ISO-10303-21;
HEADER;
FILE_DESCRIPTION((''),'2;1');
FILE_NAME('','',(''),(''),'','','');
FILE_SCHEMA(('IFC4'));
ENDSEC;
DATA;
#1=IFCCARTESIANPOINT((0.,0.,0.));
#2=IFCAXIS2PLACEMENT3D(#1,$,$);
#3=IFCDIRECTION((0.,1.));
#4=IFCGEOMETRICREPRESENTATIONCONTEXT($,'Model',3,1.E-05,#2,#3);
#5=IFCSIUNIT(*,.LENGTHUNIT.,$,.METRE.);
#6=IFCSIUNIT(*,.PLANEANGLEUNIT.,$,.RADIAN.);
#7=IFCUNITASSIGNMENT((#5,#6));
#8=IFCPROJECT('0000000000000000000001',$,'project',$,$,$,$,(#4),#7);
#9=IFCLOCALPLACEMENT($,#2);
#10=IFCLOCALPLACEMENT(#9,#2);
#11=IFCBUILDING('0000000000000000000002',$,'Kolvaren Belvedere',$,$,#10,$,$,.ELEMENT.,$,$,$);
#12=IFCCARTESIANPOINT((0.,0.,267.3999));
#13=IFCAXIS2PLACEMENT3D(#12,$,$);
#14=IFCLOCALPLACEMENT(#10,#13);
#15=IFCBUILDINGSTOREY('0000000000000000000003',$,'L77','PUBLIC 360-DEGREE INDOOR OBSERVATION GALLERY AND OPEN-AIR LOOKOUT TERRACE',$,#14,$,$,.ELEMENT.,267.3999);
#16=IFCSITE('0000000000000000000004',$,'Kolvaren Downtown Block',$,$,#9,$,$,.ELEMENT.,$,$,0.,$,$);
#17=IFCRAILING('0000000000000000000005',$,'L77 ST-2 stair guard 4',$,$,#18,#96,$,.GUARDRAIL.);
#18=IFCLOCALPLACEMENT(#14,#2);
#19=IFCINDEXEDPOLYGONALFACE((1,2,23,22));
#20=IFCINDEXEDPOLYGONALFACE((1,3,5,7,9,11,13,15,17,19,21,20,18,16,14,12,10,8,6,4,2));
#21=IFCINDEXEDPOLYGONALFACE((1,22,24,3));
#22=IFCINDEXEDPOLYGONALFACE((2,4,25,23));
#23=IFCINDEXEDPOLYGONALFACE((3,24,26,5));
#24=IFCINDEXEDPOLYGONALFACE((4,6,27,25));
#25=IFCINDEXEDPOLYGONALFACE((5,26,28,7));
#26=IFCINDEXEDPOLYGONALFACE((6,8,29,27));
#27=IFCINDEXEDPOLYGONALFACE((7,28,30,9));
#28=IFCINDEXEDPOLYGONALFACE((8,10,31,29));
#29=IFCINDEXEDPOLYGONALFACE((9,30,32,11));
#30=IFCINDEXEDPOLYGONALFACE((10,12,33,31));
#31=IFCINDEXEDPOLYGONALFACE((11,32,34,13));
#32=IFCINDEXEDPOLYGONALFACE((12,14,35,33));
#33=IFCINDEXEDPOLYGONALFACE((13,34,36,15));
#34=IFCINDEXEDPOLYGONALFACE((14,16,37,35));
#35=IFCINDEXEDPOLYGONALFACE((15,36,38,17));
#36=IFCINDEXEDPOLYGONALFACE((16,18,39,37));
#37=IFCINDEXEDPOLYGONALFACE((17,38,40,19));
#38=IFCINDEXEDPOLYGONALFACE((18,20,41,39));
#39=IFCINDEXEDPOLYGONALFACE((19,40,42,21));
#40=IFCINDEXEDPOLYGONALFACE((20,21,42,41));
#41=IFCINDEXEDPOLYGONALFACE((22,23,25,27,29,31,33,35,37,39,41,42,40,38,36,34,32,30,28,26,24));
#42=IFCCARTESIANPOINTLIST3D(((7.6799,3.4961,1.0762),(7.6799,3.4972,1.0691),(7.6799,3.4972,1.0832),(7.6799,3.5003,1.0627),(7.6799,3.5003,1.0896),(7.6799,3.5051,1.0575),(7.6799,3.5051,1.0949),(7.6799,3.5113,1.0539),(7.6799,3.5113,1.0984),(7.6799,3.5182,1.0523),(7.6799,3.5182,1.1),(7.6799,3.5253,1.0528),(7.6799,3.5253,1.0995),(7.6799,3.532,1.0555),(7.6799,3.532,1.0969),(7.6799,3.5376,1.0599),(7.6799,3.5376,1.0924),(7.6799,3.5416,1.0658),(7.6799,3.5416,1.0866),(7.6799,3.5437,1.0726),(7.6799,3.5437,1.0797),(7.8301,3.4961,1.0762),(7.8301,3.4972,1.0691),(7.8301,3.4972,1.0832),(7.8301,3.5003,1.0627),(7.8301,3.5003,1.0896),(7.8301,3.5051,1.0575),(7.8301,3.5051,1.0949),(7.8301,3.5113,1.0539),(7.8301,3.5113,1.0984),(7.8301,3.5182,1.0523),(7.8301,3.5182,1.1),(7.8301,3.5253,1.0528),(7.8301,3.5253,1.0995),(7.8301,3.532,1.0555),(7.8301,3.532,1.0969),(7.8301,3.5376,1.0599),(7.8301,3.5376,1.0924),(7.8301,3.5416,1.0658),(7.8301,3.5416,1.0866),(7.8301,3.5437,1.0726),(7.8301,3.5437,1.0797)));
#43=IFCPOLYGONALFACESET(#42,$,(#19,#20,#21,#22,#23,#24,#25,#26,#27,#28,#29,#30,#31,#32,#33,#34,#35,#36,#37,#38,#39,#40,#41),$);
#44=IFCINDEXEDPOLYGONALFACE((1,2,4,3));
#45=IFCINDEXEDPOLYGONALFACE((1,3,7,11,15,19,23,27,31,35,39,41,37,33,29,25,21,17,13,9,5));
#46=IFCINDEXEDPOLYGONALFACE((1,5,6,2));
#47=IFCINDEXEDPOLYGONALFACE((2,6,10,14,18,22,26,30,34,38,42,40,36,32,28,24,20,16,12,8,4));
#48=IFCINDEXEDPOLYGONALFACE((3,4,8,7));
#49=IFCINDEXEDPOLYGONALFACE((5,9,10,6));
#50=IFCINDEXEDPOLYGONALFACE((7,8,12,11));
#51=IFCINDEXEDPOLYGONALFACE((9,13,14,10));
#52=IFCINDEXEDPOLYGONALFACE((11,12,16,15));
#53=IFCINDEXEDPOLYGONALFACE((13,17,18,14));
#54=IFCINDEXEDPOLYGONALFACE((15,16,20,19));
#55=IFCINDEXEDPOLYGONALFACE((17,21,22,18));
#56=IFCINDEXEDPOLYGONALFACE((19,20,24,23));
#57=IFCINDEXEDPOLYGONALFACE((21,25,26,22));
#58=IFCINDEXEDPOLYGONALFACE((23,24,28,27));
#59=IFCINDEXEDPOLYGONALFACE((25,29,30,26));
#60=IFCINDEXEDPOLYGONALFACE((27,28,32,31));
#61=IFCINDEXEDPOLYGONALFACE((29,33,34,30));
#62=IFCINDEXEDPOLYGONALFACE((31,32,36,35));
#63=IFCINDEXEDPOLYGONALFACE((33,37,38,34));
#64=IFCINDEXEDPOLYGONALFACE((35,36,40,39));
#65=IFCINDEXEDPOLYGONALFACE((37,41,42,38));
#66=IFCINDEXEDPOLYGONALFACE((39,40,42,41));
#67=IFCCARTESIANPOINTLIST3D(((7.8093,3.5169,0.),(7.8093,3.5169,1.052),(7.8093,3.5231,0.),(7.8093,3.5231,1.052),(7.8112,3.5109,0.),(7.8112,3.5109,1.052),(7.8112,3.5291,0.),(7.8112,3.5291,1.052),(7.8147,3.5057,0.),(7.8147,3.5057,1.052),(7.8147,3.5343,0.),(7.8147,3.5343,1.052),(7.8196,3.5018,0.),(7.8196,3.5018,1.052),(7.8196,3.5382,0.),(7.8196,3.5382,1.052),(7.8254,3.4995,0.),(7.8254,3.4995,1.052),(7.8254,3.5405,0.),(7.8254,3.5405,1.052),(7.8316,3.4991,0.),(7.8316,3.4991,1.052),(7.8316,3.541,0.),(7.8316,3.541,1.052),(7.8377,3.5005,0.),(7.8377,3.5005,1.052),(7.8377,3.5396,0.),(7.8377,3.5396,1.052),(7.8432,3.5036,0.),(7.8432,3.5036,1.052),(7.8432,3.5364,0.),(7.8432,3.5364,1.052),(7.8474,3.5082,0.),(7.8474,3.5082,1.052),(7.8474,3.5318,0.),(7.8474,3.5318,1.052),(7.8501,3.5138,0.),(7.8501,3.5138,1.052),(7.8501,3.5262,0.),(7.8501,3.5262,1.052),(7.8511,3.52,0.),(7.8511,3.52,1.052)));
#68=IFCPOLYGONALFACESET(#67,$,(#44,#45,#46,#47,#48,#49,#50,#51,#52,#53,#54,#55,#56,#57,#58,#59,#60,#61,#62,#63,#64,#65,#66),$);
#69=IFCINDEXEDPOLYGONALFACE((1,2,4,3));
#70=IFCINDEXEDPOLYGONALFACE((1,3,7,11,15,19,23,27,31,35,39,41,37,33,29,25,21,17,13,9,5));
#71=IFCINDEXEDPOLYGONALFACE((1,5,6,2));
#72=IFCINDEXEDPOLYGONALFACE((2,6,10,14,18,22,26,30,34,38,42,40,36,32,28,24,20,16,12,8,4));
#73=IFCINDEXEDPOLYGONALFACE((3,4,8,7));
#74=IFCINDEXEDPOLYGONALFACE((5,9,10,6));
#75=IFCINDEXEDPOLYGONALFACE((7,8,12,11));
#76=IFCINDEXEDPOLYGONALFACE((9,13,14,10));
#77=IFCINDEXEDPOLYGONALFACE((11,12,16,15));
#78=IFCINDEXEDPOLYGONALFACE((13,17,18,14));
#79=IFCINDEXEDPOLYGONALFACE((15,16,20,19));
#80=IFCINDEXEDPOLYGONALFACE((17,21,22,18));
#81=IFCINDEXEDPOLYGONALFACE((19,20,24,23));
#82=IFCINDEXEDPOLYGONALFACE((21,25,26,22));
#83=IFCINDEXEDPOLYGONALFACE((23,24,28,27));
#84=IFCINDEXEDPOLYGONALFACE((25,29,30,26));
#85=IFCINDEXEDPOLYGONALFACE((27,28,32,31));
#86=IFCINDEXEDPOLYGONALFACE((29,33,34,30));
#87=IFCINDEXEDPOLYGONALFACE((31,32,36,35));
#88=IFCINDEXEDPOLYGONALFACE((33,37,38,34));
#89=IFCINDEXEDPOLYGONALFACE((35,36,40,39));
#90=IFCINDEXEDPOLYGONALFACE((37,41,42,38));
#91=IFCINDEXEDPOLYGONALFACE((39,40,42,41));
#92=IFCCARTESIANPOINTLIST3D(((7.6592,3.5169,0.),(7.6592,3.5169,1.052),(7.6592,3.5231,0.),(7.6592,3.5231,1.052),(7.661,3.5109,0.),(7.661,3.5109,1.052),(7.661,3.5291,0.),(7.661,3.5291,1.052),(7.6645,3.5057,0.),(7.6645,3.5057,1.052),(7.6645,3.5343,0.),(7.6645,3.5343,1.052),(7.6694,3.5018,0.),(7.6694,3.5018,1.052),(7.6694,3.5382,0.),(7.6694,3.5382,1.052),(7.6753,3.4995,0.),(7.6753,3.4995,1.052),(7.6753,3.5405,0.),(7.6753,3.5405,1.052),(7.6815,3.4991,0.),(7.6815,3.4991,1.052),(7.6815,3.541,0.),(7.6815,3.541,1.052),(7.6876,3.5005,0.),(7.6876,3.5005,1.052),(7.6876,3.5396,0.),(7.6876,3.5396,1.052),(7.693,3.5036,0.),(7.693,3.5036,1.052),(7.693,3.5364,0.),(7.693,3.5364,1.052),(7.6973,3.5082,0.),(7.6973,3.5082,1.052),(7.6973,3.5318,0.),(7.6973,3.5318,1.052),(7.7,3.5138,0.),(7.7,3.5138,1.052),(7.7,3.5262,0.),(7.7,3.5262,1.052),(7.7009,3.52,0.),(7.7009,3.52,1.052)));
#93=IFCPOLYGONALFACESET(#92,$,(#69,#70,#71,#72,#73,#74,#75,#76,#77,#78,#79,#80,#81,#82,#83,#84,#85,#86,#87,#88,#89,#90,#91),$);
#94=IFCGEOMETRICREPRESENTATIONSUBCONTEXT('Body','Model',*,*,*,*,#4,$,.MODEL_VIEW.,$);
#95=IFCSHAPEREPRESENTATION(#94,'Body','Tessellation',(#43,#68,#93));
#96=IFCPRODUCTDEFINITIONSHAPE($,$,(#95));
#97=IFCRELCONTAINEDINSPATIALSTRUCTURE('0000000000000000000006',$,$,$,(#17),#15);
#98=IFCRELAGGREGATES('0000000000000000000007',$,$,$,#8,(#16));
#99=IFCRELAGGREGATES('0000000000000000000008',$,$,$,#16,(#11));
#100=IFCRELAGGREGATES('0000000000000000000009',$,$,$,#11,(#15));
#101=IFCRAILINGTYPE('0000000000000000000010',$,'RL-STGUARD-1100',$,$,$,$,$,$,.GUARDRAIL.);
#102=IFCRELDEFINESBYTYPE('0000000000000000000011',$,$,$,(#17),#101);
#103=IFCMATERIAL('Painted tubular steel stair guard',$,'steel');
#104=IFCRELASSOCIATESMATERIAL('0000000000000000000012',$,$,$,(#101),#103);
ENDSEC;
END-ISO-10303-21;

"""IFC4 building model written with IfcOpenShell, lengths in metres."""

from ifc_helpers import new_model, si_unit, direction, frame, origin, origin_2d, place, context, subcontext, project, spatial, circle, extrude, material, type_object, element, save


model = new_model("IFC4")

# Units and contexts
model_context = context("Model", 3, precision=1e-05, world=origin(), true_north=direction((0.0, 1.0)))
body_context = subcontext(model_context, "Body", "Model", "MODEL_VIEW")
ifc_project = project(units=[si_unit("LENGTHUNIT", "METRE"), si_unit("PLANEANGLEUNIT", "RADIAN")], contexts=[model_context])

# Site, building, storey
site_placement = place(None, origin())
site = spatial("IfcSite", under=ifc_project, at=site_placement, Name="Kolvaren Downtown Block", CompositionType="ELEMENT", RefElevation=0.0)
building_placement = place(site_placement, origin())
building = spatial("IfcBuilding", under=site, at=building_placement, Name="Kolvaren Belvedere", CompositionType="ELEMENT")
storey_placement = place(building_placement, frame((0.0, 0.0, 267.3999)))
storey = spatial("IfcBuildingStorey", under=building, at=storey_placement, Name="L77", Description="PUBLIC 360-DEGREE INDOOR OBSERVATION GALLERY AND OPEN-AIR LOOKOUT TERRACE", CompositionType="ELEMENT", Elevation=267.3999)

# Railing
ifc_material_1 = material(Name="Painted tubular steel stair guard", Category="steel")
railing_type_1 = type_object("IfcRailingType", Name="RL-STGUARD-1100", PredefinedType="GUARDRAIL", material=ifc_material_1)
railing_1_placement = place(storey_placement, frame((7.8301, 3.52, 0.0)))
element("IfcRailing", 1, at=railing_1_placement, inside=storey, type_object=railing_type_1, Name="L77 ST-2 stair guard 4", PredefinedType="GUARDRAIL", context=body_context, shape_type="SweptSolid", body=[
    extrude(circle(Radius=0.0239, at=origin_2d()), frame((0.0, 0.0, 1.0762), z_axis=(-1.0, 0.0, 0.0), x_axis=(0.0, -1.0, 0.0)), (0.0, 0.0, 1.0), 0.1501),
    extrude(circle(Radius=0.021, at=origin_2d()), origin(), (0.0, 0.0, 1.0), 1.052),
    extrude(circle(Radius=0.021, at=origin_2d()), frame((-0.1501, 0.0, 0.0)), (0.0, 0.0, 1.0), 1.052),
])

save(model, "model.ifc")
